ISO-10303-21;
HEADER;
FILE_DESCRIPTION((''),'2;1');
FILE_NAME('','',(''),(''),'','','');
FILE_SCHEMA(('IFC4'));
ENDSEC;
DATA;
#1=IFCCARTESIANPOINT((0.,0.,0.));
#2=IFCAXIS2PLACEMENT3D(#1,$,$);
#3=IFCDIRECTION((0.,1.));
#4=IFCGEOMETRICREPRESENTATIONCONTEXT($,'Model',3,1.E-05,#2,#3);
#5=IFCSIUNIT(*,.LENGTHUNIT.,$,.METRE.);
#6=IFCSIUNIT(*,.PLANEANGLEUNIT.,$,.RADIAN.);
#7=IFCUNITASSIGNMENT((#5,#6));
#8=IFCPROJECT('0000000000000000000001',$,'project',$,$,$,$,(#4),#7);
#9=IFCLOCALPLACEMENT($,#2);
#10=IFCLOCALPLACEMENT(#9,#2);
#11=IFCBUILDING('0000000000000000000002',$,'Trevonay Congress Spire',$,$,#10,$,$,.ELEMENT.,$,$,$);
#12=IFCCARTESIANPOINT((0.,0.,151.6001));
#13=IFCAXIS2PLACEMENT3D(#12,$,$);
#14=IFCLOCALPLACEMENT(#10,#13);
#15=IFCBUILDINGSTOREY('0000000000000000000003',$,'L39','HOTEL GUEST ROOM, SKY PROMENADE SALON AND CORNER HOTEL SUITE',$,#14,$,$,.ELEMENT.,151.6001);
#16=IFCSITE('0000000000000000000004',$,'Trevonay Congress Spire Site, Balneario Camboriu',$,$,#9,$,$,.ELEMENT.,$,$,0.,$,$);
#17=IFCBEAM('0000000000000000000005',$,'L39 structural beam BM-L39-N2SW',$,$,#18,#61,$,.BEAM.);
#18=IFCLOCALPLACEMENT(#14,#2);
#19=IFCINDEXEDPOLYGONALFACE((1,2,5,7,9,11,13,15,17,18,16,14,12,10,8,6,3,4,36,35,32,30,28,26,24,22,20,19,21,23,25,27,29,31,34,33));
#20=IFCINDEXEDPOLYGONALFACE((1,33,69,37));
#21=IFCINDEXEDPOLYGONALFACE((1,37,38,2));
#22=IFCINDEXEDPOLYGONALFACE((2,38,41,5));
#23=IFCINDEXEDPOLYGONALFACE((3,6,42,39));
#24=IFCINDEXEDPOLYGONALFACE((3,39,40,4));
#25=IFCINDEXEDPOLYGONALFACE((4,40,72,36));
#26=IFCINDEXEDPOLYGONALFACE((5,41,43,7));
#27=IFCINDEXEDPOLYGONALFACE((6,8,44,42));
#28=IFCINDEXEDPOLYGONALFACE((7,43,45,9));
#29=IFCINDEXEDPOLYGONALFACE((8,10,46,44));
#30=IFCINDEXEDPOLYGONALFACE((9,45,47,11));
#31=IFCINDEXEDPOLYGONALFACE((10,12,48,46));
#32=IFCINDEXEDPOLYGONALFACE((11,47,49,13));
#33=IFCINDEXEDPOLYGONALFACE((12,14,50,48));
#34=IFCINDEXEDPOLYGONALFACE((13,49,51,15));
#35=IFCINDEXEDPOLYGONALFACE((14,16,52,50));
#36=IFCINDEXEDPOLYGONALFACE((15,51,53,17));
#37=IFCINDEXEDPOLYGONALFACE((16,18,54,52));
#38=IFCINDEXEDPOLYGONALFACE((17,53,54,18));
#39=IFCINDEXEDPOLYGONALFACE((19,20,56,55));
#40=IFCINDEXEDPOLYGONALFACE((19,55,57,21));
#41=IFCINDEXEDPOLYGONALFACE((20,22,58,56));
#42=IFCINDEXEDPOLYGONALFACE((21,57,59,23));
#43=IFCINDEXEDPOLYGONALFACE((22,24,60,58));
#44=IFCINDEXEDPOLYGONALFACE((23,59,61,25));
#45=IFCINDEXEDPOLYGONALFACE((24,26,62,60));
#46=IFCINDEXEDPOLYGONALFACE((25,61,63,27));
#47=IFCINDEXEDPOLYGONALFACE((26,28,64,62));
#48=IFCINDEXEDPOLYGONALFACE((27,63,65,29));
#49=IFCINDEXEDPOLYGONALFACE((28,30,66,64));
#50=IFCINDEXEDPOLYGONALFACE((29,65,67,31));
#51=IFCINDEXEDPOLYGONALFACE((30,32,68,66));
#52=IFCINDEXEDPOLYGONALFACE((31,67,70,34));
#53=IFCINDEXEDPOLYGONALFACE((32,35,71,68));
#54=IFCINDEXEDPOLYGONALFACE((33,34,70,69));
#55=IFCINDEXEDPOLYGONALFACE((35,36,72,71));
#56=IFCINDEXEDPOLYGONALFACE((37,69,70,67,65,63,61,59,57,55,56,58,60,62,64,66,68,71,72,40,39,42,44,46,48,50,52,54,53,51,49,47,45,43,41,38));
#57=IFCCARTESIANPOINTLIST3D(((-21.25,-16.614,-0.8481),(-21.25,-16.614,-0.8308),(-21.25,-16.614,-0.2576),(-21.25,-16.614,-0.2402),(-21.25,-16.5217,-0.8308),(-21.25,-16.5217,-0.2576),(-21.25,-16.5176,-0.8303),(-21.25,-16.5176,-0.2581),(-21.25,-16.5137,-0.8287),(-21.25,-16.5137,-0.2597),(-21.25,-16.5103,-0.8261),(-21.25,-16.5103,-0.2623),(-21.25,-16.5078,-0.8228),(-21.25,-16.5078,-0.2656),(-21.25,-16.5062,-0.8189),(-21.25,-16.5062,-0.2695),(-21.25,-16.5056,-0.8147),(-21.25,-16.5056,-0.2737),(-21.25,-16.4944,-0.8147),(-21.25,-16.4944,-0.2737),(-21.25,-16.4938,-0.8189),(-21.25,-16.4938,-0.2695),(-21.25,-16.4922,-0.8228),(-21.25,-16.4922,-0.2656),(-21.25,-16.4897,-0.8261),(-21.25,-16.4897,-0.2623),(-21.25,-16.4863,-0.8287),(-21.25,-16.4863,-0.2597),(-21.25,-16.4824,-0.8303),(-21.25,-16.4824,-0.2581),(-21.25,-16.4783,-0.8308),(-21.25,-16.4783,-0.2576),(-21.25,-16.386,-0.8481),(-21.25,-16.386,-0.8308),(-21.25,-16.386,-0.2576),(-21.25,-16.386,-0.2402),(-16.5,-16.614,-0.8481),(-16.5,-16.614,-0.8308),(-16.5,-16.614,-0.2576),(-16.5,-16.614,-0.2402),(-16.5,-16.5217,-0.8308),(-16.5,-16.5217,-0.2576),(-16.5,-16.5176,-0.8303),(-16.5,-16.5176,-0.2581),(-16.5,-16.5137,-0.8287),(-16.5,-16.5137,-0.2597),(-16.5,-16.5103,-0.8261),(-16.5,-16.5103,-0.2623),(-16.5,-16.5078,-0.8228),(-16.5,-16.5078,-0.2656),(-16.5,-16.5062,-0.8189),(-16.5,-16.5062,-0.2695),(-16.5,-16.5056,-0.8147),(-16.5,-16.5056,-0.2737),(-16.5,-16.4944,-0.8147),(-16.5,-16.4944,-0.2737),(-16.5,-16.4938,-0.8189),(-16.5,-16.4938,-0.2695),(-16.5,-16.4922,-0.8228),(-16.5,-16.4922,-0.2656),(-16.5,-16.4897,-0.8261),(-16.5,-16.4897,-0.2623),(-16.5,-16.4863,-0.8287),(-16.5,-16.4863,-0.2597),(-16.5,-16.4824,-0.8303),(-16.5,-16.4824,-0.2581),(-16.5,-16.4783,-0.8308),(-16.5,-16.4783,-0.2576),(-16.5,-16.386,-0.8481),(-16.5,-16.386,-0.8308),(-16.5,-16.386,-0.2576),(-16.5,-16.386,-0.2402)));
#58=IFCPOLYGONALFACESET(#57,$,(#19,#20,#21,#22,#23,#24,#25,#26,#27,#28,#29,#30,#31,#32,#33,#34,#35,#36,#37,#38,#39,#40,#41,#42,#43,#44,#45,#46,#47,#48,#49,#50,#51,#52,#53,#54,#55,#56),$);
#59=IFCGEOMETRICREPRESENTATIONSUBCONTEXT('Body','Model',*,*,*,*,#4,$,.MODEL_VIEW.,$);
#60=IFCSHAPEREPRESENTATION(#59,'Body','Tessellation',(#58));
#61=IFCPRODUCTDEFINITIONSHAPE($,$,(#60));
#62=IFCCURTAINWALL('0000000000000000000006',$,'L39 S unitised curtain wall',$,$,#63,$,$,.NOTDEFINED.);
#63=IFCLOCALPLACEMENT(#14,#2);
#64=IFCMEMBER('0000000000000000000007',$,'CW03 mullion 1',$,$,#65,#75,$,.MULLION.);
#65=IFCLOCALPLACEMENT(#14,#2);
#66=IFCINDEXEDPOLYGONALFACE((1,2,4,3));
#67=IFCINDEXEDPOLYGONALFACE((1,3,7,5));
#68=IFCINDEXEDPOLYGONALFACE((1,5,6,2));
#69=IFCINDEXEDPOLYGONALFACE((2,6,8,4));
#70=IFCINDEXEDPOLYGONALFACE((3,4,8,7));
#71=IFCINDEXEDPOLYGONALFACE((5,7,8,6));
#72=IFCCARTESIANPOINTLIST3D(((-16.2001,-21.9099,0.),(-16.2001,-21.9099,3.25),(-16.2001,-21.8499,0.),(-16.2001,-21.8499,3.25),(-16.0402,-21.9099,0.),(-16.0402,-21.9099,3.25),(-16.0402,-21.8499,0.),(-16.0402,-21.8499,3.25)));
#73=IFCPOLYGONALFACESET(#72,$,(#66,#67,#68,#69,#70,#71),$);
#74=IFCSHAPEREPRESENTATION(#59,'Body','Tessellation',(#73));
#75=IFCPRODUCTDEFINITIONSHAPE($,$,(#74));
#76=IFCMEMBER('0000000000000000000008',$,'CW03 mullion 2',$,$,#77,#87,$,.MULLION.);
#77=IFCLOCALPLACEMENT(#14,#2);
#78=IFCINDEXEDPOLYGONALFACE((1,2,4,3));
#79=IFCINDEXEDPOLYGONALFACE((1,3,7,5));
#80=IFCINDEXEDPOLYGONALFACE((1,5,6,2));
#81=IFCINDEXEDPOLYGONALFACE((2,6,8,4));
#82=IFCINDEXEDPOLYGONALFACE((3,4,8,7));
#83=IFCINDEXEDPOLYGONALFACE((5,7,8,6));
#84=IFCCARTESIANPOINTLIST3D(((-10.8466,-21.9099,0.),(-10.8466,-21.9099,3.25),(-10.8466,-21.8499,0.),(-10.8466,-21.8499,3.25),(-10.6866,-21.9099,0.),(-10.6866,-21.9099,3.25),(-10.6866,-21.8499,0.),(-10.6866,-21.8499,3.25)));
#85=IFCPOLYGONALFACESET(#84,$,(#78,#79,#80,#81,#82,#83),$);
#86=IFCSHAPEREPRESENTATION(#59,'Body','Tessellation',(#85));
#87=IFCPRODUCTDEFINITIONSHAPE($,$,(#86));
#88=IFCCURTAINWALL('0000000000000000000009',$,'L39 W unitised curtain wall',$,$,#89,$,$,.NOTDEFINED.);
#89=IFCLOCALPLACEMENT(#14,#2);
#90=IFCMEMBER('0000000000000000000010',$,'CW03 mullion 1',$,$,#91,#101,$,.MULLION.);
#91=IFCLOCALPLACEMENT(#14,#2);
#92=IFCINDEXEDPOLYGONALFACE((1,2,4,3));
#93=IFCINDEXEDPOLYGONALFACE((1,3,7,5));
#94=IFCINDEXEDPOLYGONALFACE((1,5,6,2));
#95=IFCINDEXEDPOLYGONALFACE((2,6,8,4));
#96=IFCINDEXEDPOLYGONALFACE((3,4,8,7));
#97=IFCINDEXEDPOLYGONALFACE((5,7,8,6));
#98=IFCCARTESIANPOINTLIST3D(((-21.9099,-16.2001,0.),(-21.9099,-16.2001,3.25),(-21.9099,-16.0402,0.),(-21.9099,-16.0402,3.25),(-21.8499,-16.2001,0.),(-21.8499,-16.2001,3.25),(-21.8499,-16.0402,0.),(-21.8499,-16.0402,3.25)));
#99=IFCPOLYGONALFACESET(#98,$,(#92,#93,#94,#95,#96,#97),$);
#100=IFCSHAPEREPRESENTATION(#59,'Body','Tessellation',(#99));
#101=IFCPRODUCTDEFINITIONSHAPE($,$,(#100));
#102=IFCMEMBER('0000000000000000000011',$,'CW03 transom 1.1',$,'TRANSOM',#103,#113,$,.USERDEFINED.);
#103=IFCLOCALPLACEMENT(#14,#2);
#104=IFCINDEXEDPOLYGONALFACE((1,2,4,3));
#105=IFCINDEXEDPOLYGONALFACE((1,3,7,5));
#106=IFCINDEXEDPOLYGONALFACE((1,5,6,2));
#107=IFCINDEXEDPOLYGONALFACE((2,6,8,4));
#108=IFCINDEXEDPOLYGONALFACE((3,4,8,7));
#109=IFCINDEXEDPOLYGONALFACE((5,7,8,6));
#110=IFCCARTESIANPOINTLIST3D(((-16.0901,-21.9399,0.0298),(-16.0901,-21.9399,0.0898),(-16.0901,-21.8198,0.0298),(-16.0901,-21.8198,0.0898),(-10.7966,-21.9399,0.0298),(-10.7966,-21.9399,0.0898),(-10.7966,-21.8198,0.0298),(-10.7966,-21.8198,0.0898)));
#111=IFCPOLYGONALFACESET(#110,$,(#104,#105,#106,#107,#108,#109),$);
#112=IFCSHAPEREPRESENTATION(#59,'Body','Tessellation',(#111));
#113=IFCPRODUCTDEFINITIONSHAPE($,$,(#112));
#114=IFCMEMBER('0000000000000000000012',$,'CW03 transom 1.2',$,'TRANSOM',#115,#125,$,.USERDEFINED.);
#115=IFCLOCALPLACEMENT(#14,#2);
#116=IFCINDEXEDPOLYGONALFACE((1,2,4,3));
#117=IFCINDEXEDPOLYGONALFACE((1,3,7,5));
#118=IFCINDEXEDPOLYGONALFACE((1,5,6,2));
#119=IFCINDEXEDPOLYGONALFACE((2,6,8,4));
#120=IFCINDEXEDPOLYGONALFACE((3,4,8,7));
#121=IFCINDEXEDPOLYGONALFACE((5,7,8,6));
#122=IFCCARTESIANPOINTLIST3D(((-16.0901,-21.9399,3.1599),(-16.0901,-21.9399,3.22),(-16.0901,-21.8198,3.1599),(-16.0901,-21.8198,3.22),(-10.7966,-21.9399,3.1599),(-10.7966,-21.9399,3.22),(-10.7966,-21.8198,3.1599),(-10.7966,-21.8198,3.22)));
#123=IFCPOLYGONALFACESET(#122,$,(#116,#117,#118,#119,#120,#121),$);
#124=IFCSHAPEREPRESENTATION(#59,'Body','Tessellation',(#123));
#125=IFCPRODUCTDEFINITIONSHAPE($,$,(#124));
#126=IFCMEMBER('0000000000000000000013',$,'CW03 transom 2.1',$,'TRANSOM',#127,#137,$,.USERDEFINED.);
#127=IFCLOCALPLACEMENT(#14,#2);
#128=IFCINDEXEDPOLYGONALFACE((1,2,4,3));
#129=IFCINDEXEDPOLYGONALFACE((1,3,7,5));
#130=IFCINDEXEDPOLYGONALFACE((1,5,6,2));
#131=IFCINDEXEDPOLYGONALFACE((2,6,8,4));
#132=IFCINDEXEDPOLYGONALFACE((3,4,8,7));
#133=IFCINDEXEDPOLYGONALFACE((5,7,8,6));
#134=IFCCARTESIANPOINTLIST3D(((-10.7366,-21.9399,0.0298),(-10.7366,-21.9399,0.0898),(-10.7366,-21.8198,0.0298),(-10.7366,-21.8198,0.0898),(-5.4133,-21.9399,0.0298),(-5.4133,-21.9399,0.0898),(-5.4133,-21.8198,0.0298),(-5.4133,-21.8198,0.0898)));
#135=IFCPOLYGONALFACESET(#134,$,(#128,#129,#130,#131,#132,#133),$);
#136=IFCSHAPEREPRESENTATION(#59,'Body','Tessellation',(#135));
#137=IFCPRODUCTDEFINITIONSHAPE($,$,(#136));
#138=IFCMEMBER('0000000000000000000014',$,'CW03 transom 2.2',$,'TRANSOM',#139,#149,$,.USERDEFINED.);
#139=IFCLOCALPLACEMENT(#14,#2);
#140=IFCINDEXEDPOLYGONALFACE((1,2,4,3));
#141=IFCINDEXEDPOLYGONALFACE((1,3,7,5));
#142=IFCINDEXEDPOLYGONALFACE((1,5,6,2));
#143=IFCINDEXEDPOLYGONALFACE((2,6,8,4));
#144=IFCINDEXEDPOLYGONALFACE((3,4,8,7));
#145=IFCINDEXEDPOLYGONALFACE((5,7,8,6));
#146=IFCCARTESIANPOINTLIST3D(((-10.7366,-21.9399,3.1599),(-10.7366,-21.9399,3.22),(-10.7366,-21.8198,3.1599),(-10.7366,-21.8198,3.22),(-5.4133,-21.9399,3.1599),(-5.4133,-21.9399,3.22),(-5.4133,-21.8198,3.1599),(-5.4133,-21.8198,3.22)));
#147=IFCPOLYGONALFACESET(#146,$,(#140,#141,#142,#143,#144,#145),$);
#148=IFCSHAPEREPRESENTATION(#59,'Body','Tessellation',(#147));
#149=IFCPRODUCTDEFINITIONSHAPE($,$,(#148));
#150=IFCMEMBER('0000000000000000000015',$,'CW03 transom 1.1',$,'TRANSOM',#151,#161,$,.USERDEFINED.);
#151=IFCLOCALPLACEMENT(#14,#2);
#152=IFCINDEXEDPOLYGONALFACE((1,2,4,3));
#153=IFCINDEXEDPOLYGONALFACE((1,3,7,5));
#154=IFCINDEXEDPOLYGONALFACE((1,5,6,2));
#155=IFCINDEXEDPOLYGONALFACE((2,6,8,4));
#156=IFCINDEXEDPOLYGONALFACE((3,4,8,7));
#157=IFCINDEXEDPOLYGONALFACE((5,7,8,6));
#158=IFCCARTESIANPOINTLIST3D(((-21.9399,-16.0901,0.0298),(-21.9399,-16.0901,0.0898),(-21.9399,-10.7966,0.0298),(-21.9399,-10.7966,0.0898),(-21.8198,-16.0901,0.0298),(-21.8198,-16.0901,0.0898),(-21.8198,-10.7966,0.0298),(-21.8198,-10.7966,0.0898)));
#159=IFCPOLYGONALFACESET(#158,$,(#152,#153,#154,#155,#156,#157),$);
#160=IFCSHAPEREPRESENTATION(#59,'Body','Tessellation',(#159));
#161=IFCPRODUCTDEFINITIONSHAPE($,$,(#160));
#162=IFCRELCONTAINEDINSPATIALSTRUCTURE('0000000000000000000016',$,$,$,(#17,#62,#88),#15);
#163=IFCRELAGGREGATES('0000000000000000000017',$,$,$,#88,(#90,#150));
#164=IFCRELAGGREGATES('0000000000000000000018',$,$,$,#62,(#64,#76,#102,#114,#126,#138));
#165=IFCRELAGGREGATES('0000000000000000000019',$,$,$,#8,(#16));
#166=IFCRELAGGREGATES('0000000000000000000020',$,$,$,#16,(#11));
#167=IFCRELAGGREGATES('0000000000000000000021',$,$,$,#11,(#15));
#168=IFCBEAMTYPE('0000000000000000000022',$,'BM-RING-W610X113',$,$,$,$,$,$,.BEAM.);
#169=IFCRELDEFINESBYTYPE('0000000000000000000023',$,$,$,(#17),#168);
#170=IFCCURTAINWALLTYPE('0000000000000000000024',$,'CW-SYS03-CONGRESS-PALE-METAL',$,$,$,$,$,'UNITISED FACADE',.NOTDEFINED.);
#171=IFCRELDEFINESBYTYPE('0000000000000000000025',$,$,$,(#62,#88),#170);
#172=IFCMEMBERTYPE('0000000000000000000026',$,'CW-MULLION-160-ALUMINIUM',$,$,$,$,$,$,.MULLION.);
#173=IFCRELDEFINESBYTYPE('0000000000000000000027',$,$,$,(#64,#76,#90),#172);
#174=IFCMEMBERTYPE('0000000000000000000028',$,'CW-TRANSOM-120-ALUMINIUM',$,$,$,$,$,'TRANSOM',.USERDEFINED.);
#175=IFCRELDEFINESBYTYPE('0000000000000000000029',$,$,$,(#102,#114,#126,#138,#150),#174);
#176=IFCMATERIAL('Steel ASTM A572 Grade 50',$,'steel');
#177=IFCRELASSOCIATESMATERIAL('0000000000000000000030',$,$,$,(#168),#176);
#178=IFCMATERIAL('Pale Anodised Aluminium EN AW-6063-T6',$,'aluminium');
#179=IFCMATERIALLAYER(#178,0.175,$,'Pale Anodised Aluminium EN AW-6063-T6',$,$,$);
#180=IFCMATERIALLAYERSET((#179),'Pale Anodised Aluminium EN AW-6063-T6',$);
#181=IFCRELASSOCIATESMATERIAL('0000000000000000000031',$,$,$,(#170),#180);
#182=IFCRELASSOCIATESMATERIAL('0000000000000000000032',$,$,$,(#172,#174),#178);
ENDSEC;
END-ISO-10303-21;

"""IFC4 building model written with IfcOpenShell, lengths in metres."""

from ifc_helpers import new_model, si_unit, direction, frame, origin, origin_2d, place, context, subcontext, project, spatial, rectangle, i_section, extrude, material, layer, layer_set, material_profile, profile_set, type_object, element, aggregate, save


model = new_model("IFC4")

# Units and contexts
model_context = context("Model", 3, precision=1e-05, world=origin(), true_north=direction((0.0, 1.0)))
body_context = subcontext(model_context, "Body", "Model", "MODEL_VIEW")
ifc_project = project(units=[si_unit("LENGTHUNIT", "METRE"), si_unit("PLANEANGLEUNIT", "RADIAN")], contexts=[model_context])

# Site, building, storey
site_placement = place(None, origin())
site = spatial("IfcSite", under=ifc_project, at=site_placement, Name="Trevonay Congress Spire Site, Balneario Camboriu", CompositionType="ELEMENT", RefElevation=0.0)
building_placement = place(site_placement, origin())
building = spatial("IfcBuilding", under=site, at=building_placement, Name="Trevonay Congress Spire", CompositionType="ELEMENT")
storey_placement = place(building_placement, frame((0.0, 0.0, 151.6001)))
storey = spatial("IfcBuildingStorey", under=building, at=storey_placement, Name="L39", Description="HOTEL GUEST ROOM, SKY PROMENADE SALON AND CORNER HOTEL SUITE", CompositionType="ELEMENT", Elevation=151.6001)

# Shared definitions
ifc_material_1 = material(Name="Steel ASTM A572 Grade 50", Category="steel")

# Beam
ifc_material_profile_1 = material_profile(ifc_material_1, i_section(OverallWidth=0.228, OverallDepth=0.6079, WebThickness=0.0112, FlangeThickness=0.0173, FilletRadius=0.0161, at=origin_2d()), Name="W610x113")
ifc_profile_set_1 = profile_set([ifc_material_profile_1], Name="Steel ASTM A572 Grade 50")
beam_type_1 = type_object("IfcBeamType", Name="BM-RING-W610X113", PredefinedType="BEAM", material=ifc_profile_set_1)
for number, where, z_axis, x_axis, name in (
    (1, (-21.25, -16.5, -0.5442), (1.0, 0.0, 0.0), (0.0, 1.0, 0.0), "L39 structural beam BM-L39-N2SW"),
):
    element("IfcBeam", number, at=place(storey_placement, frame(where, z_axis=z_axis, x_axis=x_axis)), inside=storey, type_object=beam_type_1, Name=name, PredefinedType="BEAM", context=body_context, shape_type="SweptSolid", body=[
        extrude(i_section(OverallWidth=0.228, OverallDepth=0.6079, WebThickness=0.0112, FlangeThickness=0.0173, FilletRadius=0.0161, at=origin_2d()), origin(), (0.0, 0.0, 1.0), 4.75),
    ])

# Curtain wall, members
ifc_material_2 = material(Name="Pale Anodised Aluminium EN AW-6063-T6", Category="aluminium")
ifc_layer_1 = layer(ifc_material_2, 0.175, Name="Pale Anodised Aluminium EN AW-6063-T6")
ifc_layer_set_1 = layer_set([ifc_layer_1], Name="Pale Anodised Aluminium EN AW-6063-T6")
curtain_wall_type = type_object("IfcCurtainWallType", Name="CW-SYS03-CONGRESS-PALE-METAL", ElementType="UNITISED FACADE", PredefinedType="NOTDEFINED", material=ifc_layer_set_1)
curtain_wall_1_placement = place(storey_placement, origin())
curtain_wall_1 = element("IfcCurtainWall", 2, at=curtain_wall_1_placement, inside=storey, type_object=curtain_wall_type, Name="L39 S unitised curtain wall", PredefinedType="NOTDEFINED")
ifc_material_profile_2 = material_profile(ifc_material_2, rectangle(XDim=0.0601, YDim=0.1599, at=origin_2d()), Name="CW-MULLION-160-ALUMINIUM")
ifc_profile_set_2 = profile_set([ifc_material_profile_2], Name="Pale Anodised Aluminium EN AW-6063-T6")
member_type_1 = type_object("IfcMemberType", Name="CW-MULLION-160-ALUMINIUM", PredefinedType="MULLION", material=ifc_profile_set_2)
member_1_placement = place(storey_placement, frame((-16.1201, -21.8799, 0.0), z_axis=(0.0, 0.0, 1.0), x_axis=(0.0, 1.0, 0.0)))
member_1 = element("IfcMember", 3, at=member_1_placement, type_object=member_type_1, Name="CW03 mullion 1", PredefinedType="MULLION", context=body_context, shape_type="SweptSolid", body=[
    extrude(rectangle(XDim=0.0601, YDim=0.1599, at=origin_2d()), origin(), (0.0, 0.0, 1.0), 3.25),
])
member_2_placement = place(storey_placement, frame((-10.7666, -21.8799, 0.0), z_axis=(0.0, 0.0, 1.0), x_axis=(0.0, 1.0, 0.0)))
member_2 = element("IfcMember", 4, at=member_2_placement, type_object=member_type_1, Name="CW03 mullion 2", PredefinedType="MULLION", context=body_context, shape_type="SweptSolid", body=[
    extrude(rectangle(XDim=0.0601, YDim=0.1599, at=origin_2d()), origin(), (0.0, 0.0, 1.0), 3.25),
])

# Curtain wall, member
curtain_wall_2_placement = place(storey_placement, origin())
curtain_wall_2 = element("IfcCurtainWall", 5, at=curtain_wall_2_placement, inside=storey, type_object=curtain_wall_type, Name="L39 W unitised curtain wall", PredefinedType="NOTDEFINED")
member_3_placement = place(storey_placement, frame((-21.8799, -16.1201, 0.0), z_axis=(0.0, 0.0, 1.0), x_axis=(-1.0, 0.0, 0.0)))
member_3 = element("IfcMember", 6, at=member_3_placement, type_object=member_type_1, Name="CW03 mullion 1", PredefinedType="MULLION", context=body_context, shape_type="SweptSolid", body=[
    extrude(rectangle(XDim=0.0601, YDim=0.1599, at=origin_2d()), origin(), (0.0, 0.0, 1.0), 3.25),
])

# Members
ifc_material_profile_3 = material_profile(ifc_material_2, rectangle(XDim=0.1201, YDim=0.0601, at=origin_2d()), Name="CW-TRANSOM-120-ALUMINIUM")
ifc_profile_set_3 = profile_set([ifc_material_profile_3], Name="Pale Anodised Aluminium EN AW-6063-T6")
member_type_2 = type_object("IfcMemberType", Name="CW-TRANSOM-120-ALUMINIUM", ElementType="TRANSOM", PredefinedType="USERDEFINED", material=ifc_profile_set_3)
member_4_placement = place(storey_placement, frame((-16.0901, -21.8799, 0.0598), z_axis=(1.0, 0.0, 0.0), x_axis=(0.0, 1.0, 0.0)))
member_4 = element("IfcMember", 7, at=member_4_placement, type_object=member_type_2, Name="CW03 transom 1.1", ObjectType="TRANSOM", PredefinedType="USERDEFINED", context=body_context, shape_type="SweptSolid", body=[
    extrude(rectangle(XDim=0.1201, YDim=0.0601, at=origin_2d()), origin(), (0.0, 0.0, 1.0), 5.2935),
])
member_5_placement = place(storey_placement, frame((-16.0901, -21.8799, 3.1899), z_axis=(1.0, 0.0, 0.0), x_axis=(0.0, 1.0, 0.0)))
member_5 = element("IfcMember", 8, at=member_5_placement, type_object=member_type_2, Name="CW03 transom 1.2", ObjectType="TRANSOM", PredefinedType="USERDEFINED", context=body_context, shape_type="SweptSolid", body=[
    extrude(rectangle(XDim=0.1201, YDim=0.0601, at=origin_2d()), origin(), (0.0, 0.0, 1.0), 5.2935),
])
member_6_placement = place(storey_placement, frame((-10.7366, -21.8799, 0.0598), z_axis=(1.0, 0.0, 0.0), x_axis=(0.0, 1.0, 0.0)))
member_6 = element("IfcMember", 9, at=member_6_placement, type_object=member_type_2, Name="CW03 transom 2.1", ObjectType="TRANSOM", PredefinedType="USERDEFINED", context=body_context, shape_type="SweptSolid", body=[
    extrude(rectangle(XDim=0.1201, YDim=0.0601, at=origin_2d()), origin(), (0.0, 0.0, 1.0), 5.3232),
])
member_7_placement = place(storey_placement, frame((-10.7366, -21.8799, 3.1899), z_axis=(1.0, 0.0, 0.0), x_axis=(0.0, 1.0, 0.0)))
member_7 = element("IfcMember", 10, at=member_7_placement, type_object=member_type_2, Name="CW03 transom 2.2", ObjectType="TRANSOM", PredefinedType="USERDEFINED", context=body_context, shape_type="SweptSolid", body=[
    extrude(rectangle(XDim=0.1201, YDim=0.0601, at=origin_2d()), origin(), (0.0, 0.0, 1.0), 5.3232),
])
member_8_placement = place(storey_placement, frame((-21.8799, -16.0901, 0.0598), z_axis=(0.0, 1.0, 0.0), x_axis=(-1.0, 0.0, 0.0)))
member_8 = element("IfcMember", 11, at=member_8_placement, type_object=member_type_2, Name="CW03 transom 1.1", ObjectType="TRANSOM", PredefinedType="USERDEFINED", context=body_context, shape_type="SweptSolid", body=[
    extrude(rectangle(XDim=0.1201, YDim=0.0601, at=origin_2d()), origin(), (0.0, 0.0, 1.0), 5.2935),
])
aggregate(curtain_wall_2, [member_3, member_8])

aggregate(curtain_wall_1, [member_1, member_2, member_4, member_5, member_6, member_7])

save(model, "model.ifc")
